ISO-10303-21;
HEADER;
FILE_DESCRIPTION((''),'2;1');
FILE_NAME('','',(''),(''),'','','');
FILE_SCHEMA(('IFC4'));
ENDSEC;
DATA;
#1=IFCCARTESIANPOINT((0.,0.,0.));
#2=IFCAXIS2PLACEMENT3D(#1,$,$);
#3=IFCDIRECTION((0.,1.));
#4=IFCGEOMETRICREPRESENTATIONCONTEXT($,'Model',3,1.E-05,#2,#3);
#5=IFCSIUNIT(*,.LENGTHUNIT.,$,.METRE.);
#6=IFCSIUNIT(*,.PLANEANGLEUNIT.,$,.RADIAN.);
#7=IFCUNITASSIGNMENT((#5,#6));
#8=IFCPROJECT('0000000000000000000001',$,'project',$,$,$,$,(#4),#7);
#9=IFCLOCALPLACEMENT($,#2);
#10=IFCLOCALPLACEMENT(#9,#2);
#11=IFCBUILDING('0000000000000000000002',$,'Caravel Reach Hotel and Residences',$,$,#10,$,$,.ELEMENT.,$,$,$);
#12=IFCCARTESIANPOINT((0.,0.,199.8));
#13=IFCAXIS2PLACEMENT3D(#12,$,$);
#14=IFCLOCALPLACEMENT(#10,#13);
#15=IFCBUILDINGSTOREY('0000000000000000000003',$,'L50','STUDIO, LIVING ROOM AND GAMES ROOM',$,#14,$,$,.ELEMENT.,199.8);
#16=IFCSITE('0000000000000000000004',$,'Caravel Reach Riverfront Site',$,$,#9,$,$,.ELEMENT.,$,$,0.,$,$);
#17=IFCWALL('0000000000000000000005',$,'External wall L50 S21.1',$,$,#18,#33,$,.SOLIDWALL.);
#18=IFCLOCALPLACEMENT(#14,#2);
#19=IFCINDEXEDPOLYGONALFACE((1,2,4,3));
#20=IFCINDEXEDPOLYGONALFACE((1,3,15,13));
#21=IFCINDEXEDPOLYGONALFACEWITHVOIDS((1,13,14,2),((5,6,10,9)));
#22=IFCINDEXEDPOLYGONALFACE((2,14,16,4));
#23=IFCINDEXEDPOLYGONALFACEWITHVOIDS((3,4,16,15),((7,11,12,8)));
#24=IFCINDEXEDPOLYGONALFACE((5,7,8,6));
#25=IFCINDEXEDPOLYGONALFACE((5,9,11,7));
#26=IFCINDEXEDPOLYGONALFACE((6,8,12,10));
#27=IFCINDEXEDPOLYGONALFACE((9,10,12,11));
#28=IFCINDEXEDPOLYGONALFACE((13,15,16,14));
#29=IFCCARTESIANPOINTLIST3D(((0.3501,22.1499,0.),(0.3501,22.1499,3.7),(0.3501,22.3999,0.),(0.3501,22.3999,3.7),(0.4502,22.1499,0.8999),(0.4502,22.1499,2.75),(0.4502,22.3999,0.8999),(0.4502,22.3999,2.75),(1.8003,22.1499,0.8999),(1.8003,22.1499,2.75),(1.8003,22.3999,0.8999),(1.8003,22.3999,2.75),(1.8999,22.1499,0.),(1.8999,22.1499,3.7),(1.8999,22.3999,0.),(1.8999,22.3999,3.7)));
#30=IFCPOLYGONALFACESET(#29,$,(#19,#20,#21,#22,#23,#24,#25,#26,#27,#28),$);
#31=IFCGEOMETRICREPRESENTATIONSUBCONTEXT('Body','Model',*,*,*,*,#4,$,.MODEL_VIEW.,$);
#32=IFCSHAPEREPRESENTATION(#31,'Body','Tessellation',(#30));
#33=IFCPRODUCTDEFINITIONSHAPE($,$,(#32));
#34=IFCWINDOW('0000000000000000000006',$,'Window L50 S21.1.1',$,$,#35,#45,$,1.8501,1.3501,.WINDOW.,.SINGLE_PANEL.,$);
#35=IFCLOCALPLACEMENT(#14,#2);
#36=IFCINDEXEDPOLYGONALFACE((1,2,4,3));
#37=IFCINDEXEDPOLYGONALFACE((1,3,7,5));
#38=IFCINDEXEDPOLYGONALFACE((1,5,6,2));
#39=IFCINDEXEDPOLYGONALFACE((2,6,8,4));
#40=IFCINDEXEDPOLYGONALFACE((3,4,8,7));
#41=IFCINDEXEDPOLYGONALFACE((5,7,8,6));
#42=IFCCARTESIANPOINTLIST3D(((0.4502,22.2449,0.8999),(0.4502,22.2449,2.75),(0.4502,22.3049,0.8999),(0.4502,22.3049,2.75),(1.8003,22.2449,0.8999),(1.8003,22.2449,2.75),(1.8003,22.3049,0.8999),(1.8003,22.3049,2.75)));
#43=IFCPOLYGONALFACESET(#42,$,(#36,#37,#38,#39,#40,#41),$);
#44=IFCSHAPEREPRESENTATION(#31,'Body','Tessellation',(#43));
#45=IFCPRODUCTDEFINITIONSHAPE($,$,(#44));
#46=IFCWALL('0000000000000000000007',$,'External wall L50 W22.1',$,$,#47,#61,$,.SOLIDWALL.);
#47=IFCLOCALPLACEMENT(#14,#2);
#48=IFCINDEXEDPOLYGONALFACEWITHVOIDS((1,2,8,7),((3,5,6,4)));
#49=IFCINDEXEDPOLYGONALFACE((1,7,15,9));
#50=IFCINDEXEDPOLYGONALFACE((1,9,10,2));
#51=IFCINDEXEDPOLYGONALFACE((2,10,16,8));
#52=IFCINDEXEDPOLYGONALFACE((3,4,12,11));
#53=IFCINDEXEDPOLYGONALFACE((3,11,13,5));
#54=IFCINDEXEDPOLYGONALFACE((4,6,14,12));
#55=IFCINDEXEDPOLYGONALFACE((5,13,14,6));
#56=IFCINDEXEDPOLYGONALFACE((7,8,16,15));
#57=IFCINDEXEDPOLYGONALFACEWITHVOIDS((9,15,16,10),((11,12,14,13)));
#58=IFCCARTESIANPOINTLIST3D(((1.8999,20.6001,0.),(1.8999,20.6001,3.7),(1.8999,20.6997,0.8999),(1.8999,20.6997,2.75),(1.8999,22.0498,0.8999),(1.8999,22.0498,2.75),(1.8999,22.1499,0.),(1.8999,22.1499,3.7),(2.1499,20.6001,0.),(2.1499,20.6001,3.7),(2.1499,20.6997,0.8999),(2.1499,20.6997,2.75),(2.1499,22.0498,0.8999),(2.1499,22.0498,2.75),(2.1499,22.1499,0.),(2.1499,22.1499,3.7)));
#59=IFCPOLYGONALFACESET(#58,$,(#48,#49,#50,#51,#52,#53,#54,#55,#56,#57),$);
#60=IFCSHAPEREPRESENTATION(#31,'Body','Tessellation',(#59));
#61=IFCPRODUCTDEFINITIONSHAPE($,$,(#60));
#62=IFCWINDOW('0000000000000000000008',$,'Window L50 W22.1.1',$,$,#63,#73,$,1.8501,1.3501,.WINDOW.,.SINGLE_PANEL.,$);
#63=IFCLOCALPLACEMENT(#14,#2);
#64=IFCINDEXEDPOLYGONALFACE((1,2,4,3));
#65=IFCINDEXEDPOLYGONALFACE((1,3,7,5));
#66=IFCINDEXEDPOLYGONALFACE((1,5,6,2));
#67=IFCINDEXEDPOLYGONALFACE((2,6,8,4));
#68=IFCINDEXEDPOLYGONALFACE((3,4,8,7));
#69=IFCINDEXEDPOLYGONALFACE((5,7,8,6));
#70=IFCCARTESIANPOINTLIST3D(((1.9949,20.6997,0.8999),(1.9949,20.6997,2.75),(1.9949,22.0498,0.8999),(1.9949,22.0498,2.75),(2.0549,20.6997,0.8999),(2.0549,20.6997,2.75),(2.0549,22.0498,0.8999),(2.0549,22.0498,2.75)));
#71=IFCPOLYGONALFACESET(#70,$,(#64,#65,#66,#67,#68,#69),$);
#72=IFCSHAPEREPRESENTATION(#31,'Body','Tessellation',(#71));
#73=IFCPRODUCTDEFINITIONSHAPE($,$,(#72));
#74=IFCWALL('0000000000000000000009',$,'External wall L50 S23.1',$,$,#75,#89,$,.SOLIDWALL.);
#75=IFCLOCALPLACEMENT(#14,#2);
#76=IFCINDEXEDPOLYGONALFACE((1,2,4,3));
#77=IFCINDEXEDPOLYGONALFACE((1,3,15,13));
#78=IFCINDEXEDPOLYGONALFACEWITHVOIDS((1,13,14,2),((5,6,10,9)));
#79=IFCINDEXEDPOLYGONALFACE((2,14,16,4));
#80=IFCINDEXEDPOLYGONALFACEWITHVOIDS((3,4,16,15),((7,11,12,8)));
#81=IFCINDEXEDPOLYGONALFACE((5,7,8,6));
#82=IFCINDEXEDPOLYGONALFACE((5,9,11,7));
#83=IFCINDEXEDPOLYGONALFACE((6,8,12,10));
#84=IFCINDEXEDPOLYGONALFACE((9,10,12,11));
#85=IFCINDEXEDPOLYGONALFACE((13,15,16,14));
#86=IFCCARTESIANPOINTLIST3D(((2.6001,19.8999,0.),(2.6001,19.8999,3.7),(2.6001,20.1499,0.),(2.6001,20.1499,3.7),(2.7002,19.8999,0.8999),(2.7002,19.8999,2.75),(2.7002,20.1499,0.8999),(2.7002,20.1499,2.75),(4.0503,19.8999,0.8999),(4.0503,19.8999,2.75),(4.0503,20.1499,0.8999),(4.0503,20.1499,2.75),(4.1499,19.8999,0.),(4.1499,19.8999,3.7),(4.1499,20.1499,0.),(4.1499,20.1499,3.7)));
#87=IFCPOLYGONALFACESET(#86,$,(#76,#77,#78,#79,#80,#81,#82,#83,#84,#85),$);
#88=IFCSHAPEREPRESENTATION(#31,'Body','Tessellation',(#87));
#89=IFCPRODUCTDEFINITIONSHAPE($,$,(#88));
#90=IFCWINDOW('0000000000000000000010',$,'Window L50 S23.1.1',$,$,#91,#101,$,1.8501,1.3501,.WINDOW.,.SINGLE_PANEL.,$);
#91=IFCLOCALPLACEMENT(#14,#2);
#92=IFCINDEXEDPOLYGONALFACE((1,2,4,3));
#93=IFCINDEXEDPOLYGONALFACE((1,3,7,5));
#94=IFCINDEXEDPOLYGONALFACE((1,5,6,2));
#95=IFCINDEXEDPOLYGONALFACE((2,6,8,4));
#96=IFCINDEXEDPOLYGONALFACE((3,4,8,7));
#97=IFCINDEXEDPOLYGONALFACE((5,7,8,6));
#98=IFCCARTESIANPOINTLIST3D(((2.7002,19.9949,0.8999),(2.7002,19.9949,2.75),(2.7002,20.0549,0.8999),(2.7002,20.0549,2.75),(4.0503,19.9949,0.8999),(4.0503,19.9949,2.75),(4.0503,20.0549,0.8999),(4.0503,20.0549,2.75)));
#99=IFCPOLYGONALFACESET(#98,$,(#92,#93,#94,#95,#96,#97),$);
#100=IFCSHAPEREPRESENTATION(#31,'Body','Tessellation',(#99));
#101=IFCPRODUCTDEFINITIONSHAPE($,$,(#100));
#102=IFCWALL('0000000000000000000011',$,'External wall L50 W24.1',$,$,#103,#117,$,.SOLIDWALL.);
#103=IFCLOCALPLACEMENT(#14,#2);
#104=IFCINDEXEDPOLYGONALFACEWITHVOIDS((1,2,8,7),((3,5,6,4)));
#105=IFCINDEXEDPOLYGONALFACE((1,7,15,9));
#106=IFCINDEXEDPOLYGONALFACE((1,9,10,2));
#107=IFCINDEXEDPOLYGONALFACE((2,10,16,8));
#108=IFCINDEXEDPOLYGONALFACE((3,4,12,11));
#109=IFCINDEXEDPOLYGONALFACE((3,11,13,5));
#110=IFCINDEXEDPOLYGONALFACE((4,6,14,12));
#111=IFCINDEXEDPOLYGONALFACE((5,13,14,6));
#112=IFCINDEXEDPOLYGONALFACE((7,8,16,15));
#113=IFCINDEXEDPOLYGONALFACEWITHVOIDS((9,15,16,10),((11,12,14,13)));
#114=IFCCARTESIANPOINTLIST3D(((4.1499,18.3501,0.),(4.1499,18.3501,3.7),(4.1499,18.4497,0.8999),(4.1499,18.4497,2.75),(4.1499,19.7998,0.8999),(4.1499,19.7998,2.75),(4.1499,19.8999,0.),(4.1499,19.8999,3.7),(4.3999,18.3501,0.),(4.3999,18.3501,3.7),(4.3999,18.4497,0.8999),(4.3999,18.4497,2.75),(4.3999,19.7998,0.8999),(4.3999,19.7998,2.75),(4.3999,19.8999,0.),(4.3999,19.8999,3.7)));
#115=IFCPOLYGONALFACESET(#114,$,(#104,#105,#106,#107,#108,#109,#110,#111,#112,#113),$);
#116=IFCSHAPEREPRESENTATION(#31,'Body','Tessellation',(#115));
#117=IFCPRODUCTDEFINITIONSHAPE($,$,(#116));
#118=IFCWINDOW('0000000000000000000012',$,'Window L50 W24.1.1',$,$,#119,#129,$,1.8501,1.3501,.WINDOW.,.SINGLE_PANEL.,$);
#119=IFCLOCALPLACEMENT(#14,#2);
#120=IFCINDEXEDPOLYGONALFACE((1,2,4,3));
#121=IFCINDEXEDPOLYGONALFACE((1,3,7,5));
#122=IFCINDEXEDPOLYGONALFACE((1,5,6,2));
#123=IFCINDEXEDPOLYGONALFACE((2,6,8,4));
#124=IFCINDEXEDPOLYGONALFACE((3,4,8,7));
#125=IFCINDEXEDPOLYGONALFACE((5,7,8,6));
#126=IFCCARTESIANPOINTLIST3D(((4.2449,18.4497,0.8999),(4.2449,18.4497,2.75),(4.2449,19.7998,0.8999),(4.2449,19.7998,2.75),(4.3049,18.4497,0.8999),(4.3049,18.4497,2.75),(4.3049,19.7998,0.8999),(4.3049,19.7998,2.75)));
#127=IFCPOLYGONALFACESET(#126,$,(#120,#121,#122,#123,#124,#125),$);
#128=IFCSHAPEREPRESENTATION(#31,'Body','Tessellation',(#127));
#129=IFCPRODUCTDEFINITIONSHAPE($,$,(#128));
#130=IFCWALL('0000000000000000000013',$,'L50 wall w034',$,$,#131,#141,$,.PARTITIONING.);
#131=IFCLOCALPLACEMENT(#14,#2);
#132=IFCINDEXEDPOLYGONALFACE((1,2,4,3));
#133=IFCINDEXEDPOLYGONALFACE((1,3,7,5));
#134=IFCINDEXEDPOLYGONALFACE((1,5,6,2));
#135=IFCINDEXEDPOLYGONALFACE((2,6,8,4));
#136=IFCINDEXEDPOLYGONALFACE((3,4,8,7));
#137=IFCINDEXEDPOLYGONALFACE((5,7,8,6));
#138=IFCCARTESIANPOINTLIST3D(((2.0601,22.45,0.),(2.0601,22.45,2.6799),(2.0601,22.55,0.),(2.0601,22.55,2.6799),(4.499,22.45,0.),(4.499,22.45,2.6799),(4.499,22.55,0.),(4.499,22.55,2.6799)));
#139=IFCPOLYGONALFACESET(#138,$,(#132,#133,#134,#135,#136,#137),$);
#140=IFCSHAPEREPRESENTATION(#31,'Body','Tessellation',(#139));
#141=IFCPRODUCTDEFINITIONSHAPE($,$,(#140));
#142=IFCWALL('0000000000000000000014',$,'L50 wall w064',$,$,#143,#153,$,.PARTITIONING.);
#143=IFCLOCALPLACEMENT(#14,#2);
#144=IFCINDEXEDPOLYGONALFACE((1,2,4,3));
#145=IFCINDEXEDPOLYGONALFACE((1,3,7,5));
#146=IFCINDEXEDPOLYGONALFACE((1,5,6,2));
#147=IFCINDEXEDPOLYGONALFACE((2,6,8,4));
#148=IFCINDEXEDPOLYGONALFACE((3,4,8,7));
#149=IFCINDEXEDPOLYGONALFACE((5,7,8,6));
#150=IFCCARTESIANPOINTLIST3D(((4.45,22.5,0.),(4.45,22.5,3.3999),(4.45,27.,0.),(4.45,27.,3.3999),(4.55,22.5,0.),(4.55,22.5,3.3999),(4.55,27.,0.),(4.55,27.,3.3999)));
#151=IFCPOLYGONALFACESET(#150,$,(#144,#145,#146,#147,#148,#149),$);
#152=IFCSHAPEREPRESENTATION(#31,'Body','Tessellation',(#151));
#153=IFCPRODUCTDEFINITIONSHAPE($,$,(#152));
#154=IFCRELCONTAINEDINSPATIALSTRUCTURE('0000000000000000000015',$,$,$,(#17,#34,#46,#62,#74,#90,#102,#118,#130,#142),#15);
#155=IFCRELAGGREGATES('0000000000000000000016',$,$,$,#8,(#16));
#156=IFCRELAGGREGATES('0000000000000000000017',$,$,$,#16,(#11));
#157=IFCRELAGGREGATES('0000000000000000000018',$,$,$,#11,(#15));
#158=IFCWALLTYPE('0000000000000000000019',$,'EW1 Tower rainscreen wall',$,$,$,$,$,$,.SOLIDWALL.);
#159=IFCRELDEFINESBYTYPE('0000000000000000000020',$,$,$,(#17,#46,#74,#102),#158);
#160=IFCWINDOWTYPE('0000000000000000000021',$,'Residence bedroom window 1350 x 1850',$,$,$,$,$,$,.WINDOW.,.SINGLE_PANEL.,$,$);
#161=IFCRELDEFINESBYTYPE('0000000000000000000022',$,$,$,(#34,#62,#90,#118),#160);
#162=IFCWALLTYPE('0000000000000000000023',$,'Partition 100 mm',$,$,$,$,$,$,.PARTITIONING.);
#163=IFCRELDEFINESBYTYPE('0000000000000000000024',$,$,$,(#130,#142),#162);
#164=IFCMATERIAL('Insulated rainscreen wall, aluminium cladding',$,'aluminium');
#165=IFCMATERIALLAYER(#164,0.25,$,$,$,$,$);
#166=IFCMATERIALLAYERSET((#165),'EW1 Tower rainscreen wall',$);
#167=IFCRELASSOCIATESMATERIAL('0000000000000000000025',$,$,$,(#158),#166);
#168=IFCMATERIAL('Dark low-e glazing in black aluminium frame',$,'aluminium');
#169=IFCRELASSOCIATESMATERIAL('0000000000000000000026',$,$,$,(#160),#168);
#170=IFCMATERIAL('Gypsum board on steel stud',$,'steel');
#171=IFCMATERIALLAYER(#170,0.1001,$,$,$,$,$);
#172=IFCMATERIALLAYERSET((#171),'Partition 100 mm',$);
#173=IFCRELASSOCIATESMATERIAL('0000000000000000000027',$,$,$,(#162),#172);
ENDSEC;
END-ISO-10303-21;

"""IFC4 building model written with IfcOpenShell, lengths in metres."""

from ifc_helpers import new_model, si_unit, direction, frame, frame_2d, origin, place, context, subcontext, project, spatial, rectangle, extrude, material, layer, layer_set, type_object, element, fill, save


model = new_model("IFC4")

# Units and contexts
model_context = context("Model", 3, precision=1e-05, world=origin(), true_north=direction((0.0, 1.0)))
body_context = subcontext(model_context, "Body", "Model", "MODEL_VIEW")
ifc_project = project(units=[si_unit("LENGTHUNIT", "METRE"), si_unit("PLANEANGLEUNIT", "RADIAN")], contexts=[model_context])

# Site, building, storey
site_placement = place(None, origin())
site = spatial("IfcSite", under=ifc_project, at=site_placement, Name="Caravel Reach Riverfront Site", CompositionType="ELEMENT", RefElevation=0.0)
building_placement = place(site_placement, origin())
building = spatial("IfcBuilding", under=site, at=building_placement, Name="Caravel Reach Hotel and Residences", CompositionType="ELEMENT")
storey_placement = place(building_placement, frame((0.0, 0.0, 199.8)))
storey = spatial("IfcBuildingStorey", under=building, at=storey_placement, Name="L50", Description="STUDIO, LIVING ROOM AND GAMES ROOM", CompositionType="ELEMENT", Elevation=199.8)

# Walls, openings, windows
ifc_material_1 = material(Name="Insulated rainscreen wall, aluminium cladding", Category="aluminium")
ifc_layer_1 = layer(ifc_material_1, 0.25)
ifc_layer_set_1 = layer_set([ifc_layer_1], Name="EW1 Tower rainscreen wall")
wall_type_1 = type_object("IfcWallType", Name="EW1 Tower rainscreen wall", PredefinedType="SOLIDWALL", material=ifc_layer_set_1)
wall_1_placement = place(storey_placement, frame((0.3501, 22.2749, 0.0), z_axis=(0.0, 0.0, 1.0), x_axis=(1.0, 0.0, 0.0)))
wall_1 = element("IfcWall", 1, at=wall_1_placement, inside=storey, type_object=wall_type_1, Name="External wall L50 S21.1", PredefinedType="SOLIDWALL", context=body_context, shape_type="SweptSolid", body=[
    extrude(rectangle(XDim=1.5498, YDim=0.25, at=frame_2d((0.7749, 0.0))), origin(), (0.0, 0.0, 1.0), 3.7),
])
opening_1_placement = place(wall_1_placement, frame((0.1001, 0.0, 0.8999)))
opening_1 = element("IfcOpeningElement", 2, at=opening_1_placement, cuts=wall_1, PredefinedType="OPENING", context=body_context, shape_type="SweptSolid", body=[
    extrude(rectangle(XDim=1.3501, YDim=1.8501, at=frame_2d((0.675, 0.925))), frame((0.0, 0.135, 0.0), z_axis=(0.0, -1.0, 0.0), x_axis=(1.0, 0.0, 0.0)), (0.0, 0.0, 1.0), 0.27),
])
ifc_material_2 = material(Name="Dark low-e glazing in black aluminium frame", Category="aluminium")
window_type = type_object("IfcWindowType", Name="Residence bedroom window 1350 x 1850", PartitioningType="SINGLE_PANEL", PredefinedType="WINDOW", material=ifc_material_2)
window_1_placement = place(opening_1_placement, origin())
window_1 = element("IfcWindow", 3, at=window_1_placement, inside=storey, type_object=window_type, Name="Window L50 S21.1.1", OverallHeight=1.8501, OverallWidth=1.3501, PartitioningType="SINGLE_PANEL", PredefinedType="WINDOW", context=body_context, shape_type="SweptSolid", body=[
    extrude(rectangle(XDim=1.3501, YDim=1.8501, at=frame_2d((0.675, 0.925))), frame((0.0, 0.03, 0.0), z_axis=(0.0, -1.0, 0.0), x_axis=(1.0, 0.0, 0.0)), (0.0, 0.0, 1.0), 0.0601),
])
fill(opening_1, window_1)
wall_2_placement = place(storey_placement, frame((2.0249, 22.1499, 0.0), z_axis=(0.0, 0.0, 1.0), x_axis=(0.0, -1.0, 0.0)))
wall_2 = element("IfcWall", 4, at=wall_2_placement, inside=storey, type_object=wall_type_1, Name="External wall L50 W22.1", PredefinedType="SOLIDWALL", context=body_context, shape_type="SweptSolid", body=[
    extrude(rectangle(XDim=1.5498, YDim=0.25, at=frame_2d((0.7749, 0.0))), origin(), (0.0, 0.0, 1.0), 3.7),
])
opening_2_placement = place(wall_2_placement, frame((0.1001, 0.0, 0.8999)))
opening_2 = element("IfcOpeningElement", 5, at=opening_2_placement, cuts=wall_2, PredefinedType="OPENING", context=body_context, shape_type="SweptSolid", body=[
    extrude(rectangle(XDim=1.3501, YDim=1.8501, at=frame_2d((0.675, 0.925))), frame((0.0, 0.135, 0.0), z_axis=(0.0, -1.0, 0.0), x_axis=(1.0, 0.0, 0.0)), (0.0, 0.0, 1.0), 0.27),
])
window_2_placement = place(opening_2_placement, origin())
window_2 = element("IfcWindow", 6, at=window_2_placement, inside=storey, type_object=window_type, Name="Window L50 W22.1.1", OverallHeight=1.8501, OverallWidth=1.3501, PartitioningType="SINGLE_PANEL", PredefinedType="WINDOW", context=body_context, shape_type="SweptSolid", body=[
    extrude(rectangle(XDim=1.3501, YDim=1.8501, at=frame_2d((0.675, 0.925))), frame((0.0, 0.03, 0.0), z_axis=(0.0, -1.0, 0.0), x_axis=(1.0, 0.0, 0.0)), (0.0, 0.0, 1.0), 0.0601),
])
fill(opening_2, window_2)
wall_3_placement = place(storey_placement, frame((2.6001, 20.0249, 0.0), z_axis=(0.0, 0.0, 1.0), x_axis=(1.0, 0.0, 0.0)))
wall_3 = element("IfcWall", 7, at=wall_3_placement, inside=storey, type_object=wall_type_1, Name="External wall L50 S23.1", PredefinedType="SOLIDWALL", context=body_context, shape_type="SweptSolid", body=[
    extrude(rectangle(XDim=1.5498, YDim=0.25, at=frame_2d((0.7749, 0.0))), origin(), (0.0, 0.0, 1.0), 3.7),
])
opening_3_placement = place(wall_3_placement, frame((0.1001, 0.0, 0.8999)))
opening_3 = element("IfcOpeningElement", 8, at=opening_3_placement, cuts=wall_3, PredefinedType="OPENING", context=body_context, shape_type="SweptSolid", body=[
    extrude(rectangle(XDim=1.3501, YDim=1.8501, at=frame_2d((0.675, 0.925))), frame((0.0, 0.135, 0.0), z_axis=(0.0, -1.0, 0.0), x_axis=(1.0, 0.0, 0.0)), (0.0, 0.0, 1.0), 0.27),
])
window_3_placement = place(opening_3_placement, origin())
window_3 = element("IfcWindow", 9, at=window_3_placement, inside=storey, type_object=window_type, Name="Window L50 S23.1.1", OverallHeight=1.8501, OverallWidth=1.3501, PartitioningType="SINGLE_PANEL", PredefinedType="WINDOW", context=body_context, shape_type="SweptSolid", body=[
    extrude(rectangle(XDim=1.3501, YDim=1.8501, at=frame_2d((0.675, 0.925))), frame((0.0, 0.03, 0.0), z_axis=(0.0, -1.0, 0.0), x_axis=(1.0, 0.0, 0.0)), (0.0, 0.0, 1.0), 0.0601),
])
fill(opening_3, window_3)
wall_4_placement = place(storey_placement, frame((4.2749, 19.8999, 0.0), z_axis=(0.0, 0.0, 1.0), x_axis=(0.0, -1.0, 0.0)))
wall_4 = element("IfcWall", 10, at=wall_4_placement, inside=storey, type_object=wall_type_1, Name="External wall L50 W24.1", PredefinedType="SOLIDWALL", context=body_context, shape_type="SweptSolid", body=[
    extrude(rectangle(XDim=1.5498, YDim=0.25, at=frame_2d((0.7749, 0.0))), origin(), (0.0, 0.0, 1.0), 3.7),
])
opening_4_placement = place(wall_4_placement, frame((0.1001, 0.0, 0.8999)))
opening_4 = element("IfcOpeningElement", 11, at=opening_4_placement, cuts=wall_4, PredefinedType="OPENING", context=body_context, shape_type="SweptSolid", body=[
    extrude(rectangle(XDim=1.3501, YDim=1.8501, at=frame_2d((0.675, 0.925))), frame((0.0, 0.135, 0.0), z_axis=(0.0, -1.0, 0.0), x_axis=(1.0, 0.0, 0.0)), (0.0, 0.0, 1.0), 0.27),
])
window_4_placement = place(opening_4_placement, origin())
window_4 = element("IfcWindow", 12, at=window_4_placement, inside=storey, type_object=window_type, Name="Window L50 W24.1.1", OverallHeight=1.8501, OverallWidth=1.3501, PartitioningType="SINGLE_PANEL", PredefinedType="WINDOW", context=body_context, shape_type="SweptSolid", body=[
    extrude(rectangle(XDim=1.3501, YDim=1.8501, at=frame_2d((0.675, 0.925))), frame((0.0, 0.03, 0.0), z_axis=(0.0, -1.0, 0.0), x_axis=(1.0, 0.0, 0.0)), (0.0, 0.0, 1.0), 0.0601),
])
fill(opening_4, window_4)

# Walls
ifc_material_3 = material(Name="Gypsum board on steel stud", Category="steel")
ifc_layer_2 = layer(ifc_material_3, 0.1001)
ifc_layer_set_2 = layer_set([ifc_layer_2], Name="Partition 100 mm")
wall_type_2 = type_object("IfcWallType", Name="Partition 100 mm", PredefinedType="PARTITIONING", material=ifc_layer_set_2)
wall_5_placement = place(storey_placement, frame((2.0601, 22.5, 0.0), z_axis=(0.0, 0.0, 1.0), x_axis=(1.0, 0.0, 0.0)))
element("IfcWall", 13, at=wall_5_placement, inside=storey, type_object=wall_type_2, Name="L50 wall w034", PredefinedType="PARTITIONING", context=body_context, shape_type="SweptSolid", body=[
    extrude(rectangle(XDim=2.439, YDim=0.1001, at=frame_2d((1.2195, 0.0))), origin(), (0.0, 0.0, 1.0), 2.6799),
])
wall_6_placement = place(storey_placement, frame((4.5, 22.5, 0.0), z_axis=(0.0, 0.0, 1.0), x_axis=(0.0, 1.0, 0.0)))
element("IfcWall", 14, at=wall_6_placement, inside=storey, type_object=wall_type_2, Name="L50 wall w064", PredefinedType="PARTITIONING", context=body_context, shape_type="SweptSolid", body=[
    extrude(rectangle(XDim=4.5, YDim=0.1001, at=frame_2d((2.25, 0.0))), origin(), (0.0, 0.0, 1.0), 3.3999),
])

save(model, "model.ifc")
